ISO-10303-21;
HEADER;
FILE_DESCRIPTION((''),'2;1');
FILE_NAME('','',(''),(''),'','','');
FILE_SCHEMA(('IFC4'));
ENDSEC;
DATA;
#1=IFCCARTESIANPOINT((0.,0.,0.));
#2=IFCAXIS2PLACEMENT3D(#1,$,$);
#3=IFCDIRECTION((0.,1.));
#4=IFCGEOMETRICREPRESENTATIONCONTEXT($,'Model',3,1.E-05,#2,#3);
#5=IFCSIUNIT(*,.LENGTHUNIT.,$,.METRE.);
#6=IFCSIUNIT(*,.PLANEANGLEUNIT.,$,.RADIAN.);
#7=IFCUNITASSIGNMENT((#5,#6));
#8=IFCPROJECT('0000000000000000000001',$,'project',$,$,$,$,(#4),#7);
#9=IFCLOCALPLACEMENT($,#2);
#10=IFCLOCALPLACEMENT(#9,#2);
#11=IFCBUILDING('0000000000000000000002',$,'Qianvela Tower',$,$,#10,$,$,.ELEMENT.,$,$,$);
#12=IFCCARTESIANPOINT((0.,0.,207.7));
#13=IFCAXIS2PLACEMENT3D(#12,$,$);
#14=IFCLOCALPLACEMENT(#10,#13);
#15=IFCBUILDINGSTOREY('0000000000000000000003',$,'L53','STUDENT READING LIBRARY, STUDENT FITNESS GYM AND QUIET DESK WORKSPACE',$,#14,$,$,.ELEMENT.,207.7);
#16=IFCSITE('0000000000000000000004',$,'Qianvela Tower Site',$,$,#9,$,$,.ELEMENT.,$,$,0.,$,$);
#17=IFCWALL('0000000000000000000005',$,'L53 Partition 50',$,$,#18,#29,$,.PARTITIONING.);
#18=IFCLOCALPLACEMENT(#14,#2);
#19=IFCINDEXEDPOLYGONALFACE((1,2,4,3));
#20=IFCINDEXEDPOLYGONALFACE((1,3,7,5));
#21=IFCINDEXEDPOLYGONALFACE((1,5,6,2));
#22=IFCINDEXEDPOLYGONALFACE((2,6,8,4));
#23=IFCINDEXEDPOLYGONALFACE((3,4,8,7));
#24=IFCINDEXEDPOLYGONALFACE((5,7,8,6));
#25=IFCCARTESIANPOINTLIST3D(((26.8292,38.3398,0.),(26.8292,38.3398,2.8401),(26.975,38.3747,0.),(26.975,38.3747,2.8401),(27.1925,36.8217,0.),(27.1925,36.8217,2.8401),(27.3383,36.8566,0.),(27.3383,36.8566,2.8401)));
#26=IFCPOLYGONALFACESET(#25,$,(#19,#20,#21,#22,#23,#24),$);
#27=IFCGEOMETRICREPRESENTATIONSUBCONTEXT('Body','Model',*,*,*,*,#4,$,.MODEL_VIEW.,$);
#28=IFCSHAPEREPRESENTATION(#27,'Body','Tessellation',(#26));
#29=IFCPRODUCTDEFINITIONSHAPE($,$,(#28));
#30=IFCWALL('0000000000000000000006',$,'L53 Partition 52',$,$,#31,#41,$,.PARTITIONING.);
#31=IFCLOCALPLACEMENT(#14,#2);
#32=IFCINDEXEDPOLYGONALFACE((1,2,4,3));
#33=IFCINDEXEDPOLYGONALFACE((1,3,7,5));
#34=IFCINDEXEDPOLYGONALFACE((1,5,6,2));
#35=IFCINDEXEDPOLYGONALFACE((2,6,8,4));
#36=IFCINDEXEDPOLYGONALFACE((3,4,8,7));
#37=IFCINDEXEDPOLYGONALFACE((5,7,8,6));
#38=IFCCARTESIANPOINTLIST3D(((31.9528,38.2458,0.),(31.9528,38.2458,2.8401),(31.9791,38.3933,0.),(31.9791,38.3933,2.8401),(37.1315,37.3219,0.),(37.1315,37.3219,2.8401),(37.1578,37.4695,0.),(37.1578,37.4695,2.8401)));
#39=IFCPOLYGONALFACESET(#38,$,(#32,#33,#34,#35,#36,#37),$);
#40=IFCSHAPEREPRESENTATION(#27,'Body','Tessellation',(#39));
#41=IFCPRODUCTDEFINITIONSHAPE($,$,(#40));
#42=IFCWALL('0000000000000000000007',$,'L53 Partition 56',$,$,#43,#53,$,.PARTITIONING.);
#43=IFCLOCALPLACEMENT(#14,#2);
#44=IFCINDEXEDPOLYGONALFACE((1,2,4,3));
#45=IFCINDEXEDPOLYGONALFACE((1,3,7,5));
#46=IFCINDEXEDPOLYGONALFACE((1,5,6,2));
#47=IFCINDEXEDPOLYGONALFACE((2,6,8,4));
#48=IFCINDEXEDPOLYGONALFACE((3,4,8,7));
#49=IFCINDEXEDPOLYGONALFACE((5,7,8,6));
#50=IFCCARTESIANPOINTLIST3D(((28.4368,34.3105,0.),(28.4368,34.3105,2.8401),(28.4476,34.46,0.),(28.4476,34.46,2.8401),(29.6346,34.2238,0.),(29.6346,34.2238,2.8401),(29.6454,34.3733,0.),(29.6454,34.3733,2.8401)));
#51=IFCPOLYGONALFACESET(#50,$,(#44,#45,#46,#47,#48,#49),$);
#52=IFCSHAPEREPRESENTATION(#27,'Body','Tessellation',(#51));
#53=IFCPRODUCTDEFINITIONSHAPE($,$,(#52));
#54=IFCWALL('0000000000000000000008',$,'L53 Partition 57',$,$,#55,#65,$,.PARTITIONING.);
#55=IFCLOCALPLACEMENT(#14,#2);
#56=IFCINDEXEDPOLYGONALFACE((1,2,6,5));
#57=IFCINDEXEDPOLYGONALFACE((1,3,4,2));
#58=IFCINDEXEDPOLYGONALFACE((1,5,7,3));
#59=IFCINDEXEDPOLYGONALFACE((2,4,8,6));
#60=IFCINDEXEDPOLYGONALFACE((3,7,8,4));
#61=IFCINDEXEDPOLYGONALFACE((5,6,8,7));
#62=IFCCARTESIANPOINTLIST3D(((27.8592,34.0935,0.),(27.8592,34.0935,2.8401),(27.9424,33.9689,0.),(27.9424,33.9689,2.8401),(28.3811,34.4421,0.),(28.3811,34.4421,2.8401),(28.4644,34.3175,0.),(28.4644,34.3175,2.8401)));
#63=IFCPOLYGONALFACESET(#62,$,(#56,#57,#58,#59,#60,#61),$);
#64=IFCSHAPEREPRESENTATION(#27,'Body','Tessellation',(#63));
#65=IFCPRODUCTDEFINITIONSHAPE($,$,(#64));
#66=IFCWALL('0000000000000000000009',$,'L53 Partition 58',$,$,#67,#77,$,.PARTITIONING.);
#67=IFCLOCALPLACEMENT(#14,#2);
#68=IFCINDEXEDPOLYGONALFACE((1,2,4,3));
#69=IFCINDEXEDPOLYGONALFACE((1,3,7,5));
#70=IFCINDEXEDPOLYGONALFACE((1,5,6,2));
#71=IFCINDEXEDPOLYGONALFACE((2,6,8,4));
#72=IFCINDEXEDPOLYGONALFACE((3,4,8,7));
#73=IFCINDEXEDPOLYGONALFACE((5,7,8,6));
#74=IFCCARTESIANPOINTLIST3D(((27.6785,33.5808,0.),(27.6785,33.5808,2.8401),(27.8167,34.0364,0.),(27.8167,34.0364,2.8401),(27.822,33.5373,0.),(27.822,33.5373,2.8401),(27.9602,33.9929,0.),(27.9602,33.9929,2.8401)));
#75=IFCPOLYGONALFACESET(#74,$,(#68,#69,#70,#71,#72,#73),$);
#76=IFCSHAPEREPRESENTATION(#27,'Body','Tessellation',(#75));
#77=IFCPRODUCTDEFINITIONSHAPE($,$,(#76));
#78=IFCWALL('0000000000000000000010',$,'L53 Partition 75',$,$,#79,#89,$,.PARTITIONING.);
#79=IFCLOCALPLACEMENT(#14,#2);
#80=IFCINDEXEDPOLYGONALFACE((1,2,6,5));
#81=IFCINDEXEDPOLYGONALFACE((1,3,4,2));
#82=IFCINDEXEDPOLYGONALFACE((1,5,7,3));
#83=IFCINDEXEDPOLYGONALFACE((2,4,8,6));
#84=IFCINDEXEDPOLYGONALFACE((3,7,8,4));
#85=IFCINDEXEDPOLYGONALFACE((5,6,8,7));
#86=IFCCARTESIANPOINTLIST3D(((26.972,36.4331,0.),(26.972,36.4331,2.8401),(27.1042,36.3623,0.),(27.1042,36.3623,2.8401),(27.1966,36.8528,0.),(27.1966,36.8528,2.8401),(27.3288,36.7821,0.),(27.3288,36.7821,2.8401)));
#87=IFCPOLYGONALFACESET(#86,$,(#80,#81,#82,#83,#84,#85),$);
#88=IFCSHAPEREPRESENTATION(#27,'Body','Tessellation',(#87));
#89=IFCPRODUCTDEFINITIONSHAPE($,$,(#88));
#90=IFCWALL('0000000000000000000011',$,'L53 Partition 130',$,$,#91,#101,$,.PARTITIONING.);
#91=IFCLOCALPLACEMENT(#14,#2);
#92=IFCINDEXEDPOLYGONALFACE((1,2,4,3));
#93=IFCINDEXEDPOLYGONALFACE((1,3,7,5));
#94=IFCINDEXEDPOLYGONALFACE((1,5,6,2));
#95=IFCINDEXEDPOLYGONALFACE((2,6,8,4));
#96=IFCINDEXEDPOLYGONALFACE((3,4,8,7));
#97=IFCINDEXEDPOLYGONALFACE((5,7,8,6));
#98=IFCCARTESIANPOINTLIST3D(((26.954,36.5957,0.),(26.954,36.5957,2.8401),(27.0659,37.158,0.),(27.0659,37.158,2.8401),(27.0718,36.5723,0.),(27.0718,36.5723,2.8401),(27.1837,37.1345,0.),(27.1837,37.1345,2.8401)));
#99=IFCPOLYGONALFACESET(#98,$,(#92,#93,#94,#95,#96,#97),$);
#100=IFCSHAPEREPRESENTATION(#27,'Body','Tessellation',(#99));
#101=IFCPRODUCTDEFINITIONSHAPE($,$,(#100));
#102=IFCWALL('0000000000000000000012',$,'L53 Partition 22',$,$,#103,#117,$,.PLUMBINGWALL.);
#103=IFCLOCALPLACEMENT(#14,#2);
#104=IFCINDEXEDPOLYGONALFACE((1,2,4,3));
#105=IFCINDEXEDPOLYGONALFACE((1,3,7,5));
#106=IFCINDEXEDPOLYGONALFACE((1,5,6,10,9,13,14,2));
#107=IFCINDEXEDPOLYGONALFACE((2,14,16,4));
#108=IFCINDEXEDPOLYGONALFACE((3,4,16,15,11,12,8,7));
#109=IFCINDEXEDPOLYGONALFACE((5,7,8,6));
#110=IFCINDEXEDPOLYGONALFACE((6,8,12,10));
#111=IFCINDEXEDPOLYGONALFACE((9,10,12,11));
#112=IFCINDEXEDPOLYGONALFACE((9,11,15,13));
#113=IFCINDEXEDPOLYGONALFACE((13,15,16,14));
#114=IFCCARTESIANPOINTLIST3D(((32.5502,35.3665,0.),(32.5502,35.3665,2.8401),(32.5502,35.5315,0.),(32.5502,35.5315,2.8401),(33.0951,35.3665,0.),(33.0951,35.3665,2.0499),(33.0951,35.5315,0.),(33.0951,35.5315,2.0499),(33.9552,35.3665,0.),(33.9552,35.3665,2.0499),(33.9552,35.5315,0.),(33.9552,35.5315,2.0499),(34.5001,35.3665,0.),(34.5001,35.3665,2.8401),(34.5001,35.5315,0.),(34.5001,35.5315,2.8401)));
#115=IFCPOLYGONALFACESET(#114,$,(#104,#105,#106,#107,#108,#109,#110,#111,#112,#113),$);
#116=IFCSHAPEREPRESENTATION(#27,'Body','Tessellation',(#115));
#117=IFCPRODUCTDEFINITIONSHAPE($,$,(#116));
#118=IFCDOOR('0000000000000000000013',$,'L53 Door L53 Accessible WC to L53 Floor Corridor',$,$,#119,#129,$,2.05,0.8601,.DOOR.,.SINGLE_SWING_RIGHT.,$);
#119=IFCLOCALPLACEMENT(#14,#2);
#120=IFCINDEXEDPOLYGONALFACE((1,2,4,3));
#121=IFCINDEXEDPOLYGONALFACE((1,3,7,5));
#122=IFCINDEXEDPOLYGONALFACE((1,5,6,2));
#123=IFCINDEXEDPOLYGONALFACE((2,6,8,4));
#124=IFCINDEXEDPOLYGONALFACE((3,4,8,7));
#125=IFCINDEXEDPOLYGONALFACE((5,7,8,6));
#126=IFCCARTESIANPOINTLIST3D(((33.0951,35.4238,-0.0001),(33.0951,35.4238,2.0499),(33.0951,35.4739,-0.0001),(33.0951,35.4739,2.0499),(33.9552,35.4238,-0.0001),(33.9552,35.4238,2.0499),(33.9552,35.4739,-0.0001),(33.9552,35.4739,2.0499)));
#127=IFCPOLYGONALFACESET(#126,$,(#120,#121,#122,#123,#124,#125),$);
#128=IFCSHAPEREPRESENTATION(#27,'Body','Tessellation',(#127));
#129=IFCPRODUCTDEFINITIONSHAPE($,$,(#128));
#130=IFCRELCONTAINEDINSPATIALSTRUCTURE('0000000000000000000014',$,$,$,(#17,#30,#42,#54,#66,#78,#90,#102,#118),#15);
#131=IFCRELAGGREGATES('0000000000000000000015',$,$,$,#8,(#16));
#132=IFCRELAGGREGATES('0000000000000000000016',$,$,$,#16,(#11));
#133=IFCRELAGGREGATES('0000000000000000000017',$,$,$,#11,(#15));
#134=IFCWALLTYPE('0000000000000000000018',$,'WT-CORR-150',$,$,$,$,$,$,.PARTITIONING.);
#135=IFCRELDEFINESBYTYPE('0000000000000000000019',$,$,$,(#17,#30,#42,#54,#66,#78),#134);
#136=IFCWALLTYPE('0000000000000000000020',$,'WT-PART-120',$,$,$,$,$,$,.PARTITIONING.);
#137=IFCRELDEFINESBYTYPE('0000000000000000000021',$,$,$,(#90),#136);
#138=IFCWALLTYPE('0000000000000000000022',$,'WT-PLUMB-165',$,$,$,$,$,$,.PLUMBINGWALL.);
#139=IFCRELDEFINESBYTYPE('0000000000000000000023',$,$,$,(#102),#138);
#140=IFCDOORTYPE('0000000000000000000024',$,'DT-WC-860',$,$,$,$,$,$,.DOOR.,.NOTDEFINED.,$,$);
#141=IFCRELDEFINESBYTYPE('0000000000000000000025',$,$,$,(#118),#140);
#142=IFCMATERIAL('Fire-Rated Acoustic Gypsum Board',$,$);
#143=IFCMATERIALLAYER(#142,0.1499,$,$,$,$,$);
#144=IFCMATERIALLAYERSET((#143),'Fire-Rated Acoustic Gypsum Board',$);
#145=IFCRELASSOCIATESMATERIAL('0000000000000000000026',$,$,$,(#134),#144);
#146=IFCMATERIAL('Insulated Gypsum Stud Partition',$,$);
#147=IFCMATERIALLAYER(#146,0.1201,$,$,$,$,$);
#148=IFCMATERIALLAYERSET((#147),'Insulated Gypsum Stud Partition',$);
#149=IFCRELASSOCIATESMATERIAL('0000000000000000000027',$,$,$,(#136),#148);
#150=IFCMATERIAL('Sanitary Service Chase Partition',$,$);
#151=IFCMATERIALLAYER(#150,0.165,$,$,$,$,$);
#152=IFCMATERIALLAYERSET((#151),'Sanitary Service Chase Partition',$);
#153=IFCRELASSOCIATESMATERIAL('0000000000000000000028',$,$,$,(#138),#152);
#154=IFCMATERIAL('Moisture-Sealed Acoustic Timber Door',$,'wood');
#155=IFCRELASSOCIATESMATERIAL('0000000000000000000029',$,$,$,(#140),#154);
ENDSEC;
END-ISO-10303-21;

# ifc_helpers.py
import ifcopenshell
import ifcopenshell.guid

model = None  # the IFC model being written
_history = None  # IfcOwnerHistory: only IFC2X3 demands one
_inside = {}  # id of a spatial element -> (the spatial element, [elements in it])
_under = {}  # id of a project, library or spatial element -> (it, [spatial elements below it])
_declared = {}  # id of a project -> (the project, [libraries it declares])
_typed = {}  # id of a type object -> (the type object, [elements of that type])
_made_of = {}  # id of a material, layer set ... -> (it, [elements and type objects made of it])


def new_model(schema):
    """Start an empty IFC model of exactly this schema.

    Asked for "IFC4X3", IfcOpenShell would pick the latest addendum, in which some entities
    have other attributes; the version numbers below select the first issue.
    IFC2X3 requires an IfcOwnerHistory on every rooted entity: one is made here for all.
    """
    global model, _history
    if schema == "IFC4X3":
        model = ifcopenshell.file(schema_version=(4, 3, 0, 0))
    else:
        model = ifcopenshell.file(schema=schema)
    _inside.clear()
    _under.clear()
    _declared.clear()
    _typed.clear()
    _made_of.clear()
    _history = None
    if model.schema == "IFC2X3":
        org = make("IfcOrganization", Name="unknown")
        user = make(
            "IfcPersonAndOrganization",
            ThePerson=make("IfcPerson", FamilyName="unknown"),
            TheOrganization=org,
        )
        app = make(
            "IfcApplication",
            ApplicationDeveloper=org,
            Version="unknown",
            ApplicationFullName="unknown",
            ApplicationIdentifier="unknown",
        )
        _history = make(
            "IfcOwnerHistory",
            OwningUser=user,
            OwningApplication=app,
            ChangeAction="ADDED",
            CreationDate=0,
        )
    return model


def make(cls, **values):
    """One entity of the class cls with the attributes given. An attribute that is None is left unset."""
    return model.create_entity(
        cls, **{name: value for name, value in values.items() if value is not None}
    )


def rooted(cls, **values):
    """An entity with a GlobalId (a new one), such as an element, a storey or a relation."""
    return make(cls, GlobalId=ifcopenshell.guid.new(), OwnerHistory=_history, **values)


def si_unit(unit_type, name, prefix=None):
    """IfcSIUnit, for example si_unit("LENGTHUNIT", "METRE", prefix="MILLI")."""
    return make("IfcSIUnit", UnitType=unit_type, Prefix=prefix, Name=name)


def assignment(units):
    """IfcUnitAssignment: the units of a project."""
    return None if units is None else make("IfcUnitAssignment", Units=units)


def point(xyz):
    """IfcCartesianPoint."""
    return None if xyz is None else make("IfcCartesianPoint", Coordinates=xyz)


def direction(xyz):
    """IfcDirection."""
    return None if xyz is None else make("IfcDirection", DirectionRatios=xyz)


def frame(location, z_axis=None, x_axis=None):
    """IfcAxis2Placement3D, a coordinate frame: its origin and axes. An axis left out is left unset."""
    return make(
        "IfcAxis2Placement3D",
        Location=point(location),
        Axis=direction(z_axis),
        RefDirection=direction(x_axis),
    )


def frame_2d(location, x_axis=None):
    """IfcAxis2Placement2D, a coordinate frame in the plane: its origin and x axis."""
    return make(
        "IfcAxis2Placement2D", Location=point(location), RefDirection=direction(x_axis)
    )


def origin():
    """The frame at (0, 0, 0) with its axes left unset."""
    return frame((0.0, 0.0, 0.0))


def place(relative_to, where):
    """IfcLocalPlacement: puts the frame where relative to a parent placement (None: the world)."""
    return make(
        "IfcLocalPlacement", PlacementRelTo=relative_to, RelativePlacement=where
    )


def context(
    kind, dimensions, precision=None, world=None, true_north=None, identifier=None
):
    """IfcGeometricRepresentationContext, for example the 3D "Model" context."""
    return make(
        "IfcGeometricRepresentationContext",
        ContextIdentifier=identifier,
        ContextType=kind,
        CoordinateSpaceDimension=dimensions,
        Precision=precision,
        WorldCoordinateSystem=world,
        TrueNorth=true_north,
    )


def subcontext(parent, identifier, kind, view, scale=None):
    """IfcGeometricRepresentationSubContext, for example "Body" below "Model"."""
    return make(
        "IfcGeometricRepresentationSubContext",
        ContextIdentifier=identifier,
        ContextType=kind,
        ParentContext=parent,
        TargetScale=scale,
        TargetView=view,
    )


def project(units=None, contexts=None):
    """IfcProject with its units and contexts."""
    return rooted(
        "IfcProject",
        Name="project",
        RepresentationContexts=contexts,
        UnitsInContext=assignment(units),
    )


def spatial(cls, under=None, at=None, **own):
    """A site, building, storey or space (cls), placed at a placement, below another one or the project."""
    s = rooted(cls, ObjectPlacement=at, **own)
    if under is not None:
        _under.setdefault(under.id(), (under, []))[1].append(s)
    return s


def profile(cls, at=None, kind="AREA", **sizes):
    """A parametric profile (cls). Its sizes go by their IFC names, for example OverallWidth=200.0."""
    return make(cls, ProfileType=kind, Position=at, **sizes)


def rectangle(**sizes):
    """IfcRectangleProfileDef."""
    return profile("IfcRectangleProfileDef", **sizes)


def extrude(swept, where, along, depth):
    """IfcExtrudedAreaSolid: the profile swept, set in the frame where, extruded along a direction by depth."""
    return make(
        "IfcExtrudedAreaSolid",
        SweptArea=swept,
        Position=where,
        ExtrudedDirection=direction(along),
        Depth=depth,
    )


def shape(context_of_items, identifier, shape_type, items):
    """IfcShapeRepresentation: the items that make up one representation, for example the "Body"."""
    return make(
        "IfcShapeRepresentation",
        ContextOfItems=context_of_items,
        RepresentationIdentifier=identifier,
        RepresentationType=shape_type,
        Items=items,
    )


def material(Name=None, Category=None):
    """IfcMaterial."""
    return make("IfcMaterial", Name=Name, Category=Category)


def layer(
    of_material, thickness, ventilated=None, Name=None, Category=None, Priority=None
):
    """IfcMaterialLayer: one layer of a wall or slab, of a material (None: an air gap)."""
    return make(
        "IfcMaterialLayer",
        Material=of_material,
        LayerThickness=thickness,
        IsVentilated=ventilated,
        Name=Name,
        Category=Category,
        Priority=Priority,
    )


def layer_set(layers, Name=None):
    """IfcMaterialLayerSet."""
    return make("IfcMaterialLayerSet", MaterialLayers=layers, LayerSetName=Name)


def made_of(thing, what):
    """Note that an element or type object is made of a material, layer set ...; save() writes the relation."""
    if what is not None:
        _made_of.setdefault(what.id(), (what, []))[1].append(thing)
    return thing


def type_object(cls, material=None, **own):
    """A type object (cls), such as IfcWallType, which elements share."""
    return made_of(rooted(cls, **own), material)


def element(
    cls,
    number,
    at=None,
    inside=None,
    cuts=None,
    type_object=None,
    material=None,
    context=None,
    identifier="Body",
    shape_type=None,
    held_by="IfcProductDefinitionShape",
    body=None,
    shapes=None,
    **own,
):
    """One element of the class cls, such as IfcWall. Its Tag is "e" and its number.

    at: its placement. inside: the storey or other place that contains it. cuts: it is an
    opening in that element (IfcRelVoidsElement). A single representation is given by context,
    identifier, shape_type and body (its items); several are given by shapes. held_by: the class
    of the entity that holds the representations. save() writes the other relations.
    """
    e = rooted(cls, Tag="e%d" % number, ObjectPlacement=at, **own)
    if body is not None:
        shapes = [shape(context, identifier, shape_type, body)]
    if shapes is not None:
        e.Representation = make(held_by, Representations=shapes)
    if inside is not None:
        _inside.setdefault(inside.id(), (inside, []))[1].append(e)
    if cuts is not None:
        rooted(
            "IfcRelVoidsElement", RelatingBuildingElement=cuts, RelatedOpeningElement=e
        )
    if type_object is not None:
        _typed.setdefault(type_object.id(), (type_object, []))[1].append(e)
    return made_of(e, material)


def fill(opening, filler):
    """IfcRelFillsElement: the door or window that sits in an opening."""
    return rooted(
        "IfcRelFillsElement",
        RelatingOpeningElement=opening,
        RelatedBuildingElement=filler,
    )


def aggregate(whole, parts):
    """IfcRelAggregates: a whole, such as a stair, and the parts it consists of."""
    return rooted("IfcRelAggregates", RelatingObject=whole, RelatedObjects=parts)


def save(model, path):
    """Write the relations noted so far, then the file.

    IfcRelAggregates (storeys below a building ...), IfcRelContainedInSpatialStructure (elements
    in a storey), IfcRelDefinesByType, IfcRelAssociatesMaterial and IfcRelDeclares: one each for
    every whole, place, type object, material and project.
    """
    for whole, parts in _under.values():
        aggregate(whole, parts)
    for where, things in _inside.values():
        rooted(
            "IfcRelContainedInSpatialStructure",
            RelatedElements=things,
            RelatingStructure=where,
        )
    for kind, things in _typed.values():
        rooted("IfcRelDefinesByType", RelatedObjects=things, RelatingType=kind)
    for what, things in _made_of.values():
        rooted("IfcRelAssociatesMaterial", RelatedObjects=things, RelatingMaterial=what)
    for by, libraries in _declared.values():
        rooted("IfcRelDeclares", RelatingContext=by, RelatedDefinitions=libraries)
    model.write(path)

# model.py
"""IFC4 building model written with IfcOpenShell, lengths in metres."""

from ifc_helpers import new_model, si_unit, direction, frame, frame_2d, origin, place, context, subcontext, project, spatial, rectangle, extrude, material, layer, layer_set, type_object, element, fill, save


model = new_model("IFC4")

# Units and contexts
model_context = context("Model", 3, precision=1e-05, world=origin(), true_north=direction((0.0, 1.0)))
body_context = subcontext(model_context, "Body", "Model", "MODEL_VIEW")
ifc_project = project(units=[si_unit("LENGTHUNIT", "METRE"), si_unit("PLANEANGLEUNIT", "RADIAN")], contexts=[model_context])

# Site, building, storey
site_placement = place(None, origin())
site = spatial("IfcSite", under=ifc_project, at=site_placement, Name="Qianvela Tower Site", CompositionType="ELEMENT", RefElevation=0.0)
building_placement = place(site_placement, origin())
building = spatial("IfcBuilding", under=site, at=building_placement, Name="Qianvela Tower", CompositionType="ELEMENT")
storey_placement = place(building_placement, frame((0.0, 0.0, 207.7)))
storey = spatial("IfcBuildingStorey", under=building, at=storey_placement, Name="L53", Description="STUDENT READING LIBRARY, STUDENT FITNESS GYM AND QUIET DESK WORKSPACE", CompositionType="ELEMENT", Elevation=207.7)

# Shared definitions
ifc_material_1 = material(Name="Fire-Rated Acoustic Gypsum Board")
ifc_layer_1 = layer(ifc_material_1, 0.1499)
ifc_layer_set_1 = layer_set([ifc_layer_1], Name="Fire-Rated Acoustic Gypsum Board")
wall_type_1 = type_object("IfcWallType", Name="WT-CORR-150", PredefinedType="PARTITIONING", material=ifc_layer_set_1)

# Walls
wall_1_placement = place(storey_placement, frame((27.2654, 36.8391, 0.0), z_axis=(0.0, 0.0, 1.0), x_axis=(-0.232734, 0.97254, 0.0)))
element("IfcWall", 1, at=wall_1_placement, inside=storey, type_object=wall_type_1, Name="L53 Partition 50", PredefinedType="PARTITIONING", context=body_context, shape_type="SweptSolid", body=[
    extrude(rectangle(XDim=1.561, YDim=0.1499, at=frame_2d((0.7805, 0.0))), origin(), (0.0, 0.0, 1.0), 2.8401),
])
wall_2_placement = place(storey_placement, frame((31.9658, 38.3196, 0.0), z_axis=(0.0, 0.0, 1.0), x_axis=(0.984459, -0.175617, 0.0)))
element("IfcWall", 2, at=wall_2_placement, inside=storey, type_object=wall_type_1, Name="L53 Partition 52", PredefinedType="PARTITIONING", context=body_context, shape_type="SweptSolid", body=[
    extrude(rectangle(XDim=5.2605, YDim=0.1499, at=frame_2d((2.6304, 0.0))), origin(), (0.0, 0.0, 1.0), 2.8401),
])
wall_3_placement = place(storey_placement, frame((29.6401, 34.2986, 0.0), z_axis=(0.0, 0.0, 1.0), x_axis=(-0.997392, 0.072172, 0.0)))
element("IfcWall", 3, at=wall_3_placement, inside=storey, type_object=wall_type_1, Name="L53 Partition 56", PredefinedType="PARTITIONING", context=body_context, shape_type="SweptSolid", body=[
    extrude(rectangle(XDim=1.2009, YDim=0.1499, at=frame_2d((0.6006, 0.0))), origin(), (0.0, 0.0, 1.0), 2.8401),
])
wall_4_placement = place(storey_placement, frame((28.4229, 34.3799, 0.0), z_axis=(0.0, 0.0, 1.0), x_axis=(-0.831571, -0.555418, 0.0)))
element("IfcWall", 4, at=wall_4_placement, inside=storey, type_object=wall_type_1, Name="L53 Partition 57", PredefinedType="PARTITIONING", context=body_context, shape_type="SweptSolid", body=[
    extrude(rectangle(XDim=0.6277, YDim=0.1499, at=frame_2d((0.314, 0.0))), origin(), (0.0, 0.0, 1.0), 2.8401),
])
for number, where, z_axis, x_axis, name in (
    (5, (27.8884, 34.0146, 0.0), (0.0, 0.0, 1.0), (-0.290264, -0.956947, 0.0), "L53 Partition 58"),
    (6, (27.0381, 36.3977, 0.0), (0.0, 0.0, 1.0), (0.471866, 0.881671, 0.0), "L53 Partition 75"),
):
    element("IfcWall", number, at=place(storey_placement, frame(where, z_axis=z_axis, x_axis=x_axis)), inside=storey, type_object=wall_type_1, Name=name, PredefinedType="PARTITIONING", context=body_context, shape_type="SweptSolid", body=[
        extrude(rectangle(XDim=0.4761, YDim=0.1499, at=frame_2d((0.238, 0.0))), origin(), (0.0, 0.0, 1.0), 2.8401),
    ])
ifc_material_2 = material(Name="Insulated Gypsum Stud Partition")
ifc_layer_2 = layer(ifc_material_2, 0.1201)
ifc_layer_set_2 = layer_set([ifc_layer_2], Name="Insulated Gypsum Stud Partition")
wall_type_2 = type_object("IfcWallType", Name="WT-PART-120", PredefinedType="PARTITIONING", material=ifc_layer_set_2)
wall_5_placement = place(storey_placement, frame((27.1248, 37.1462, 0.0), z_axis=(0.0, 0.0, 1.0), x_axis=(-0.195051, -0.980793, 0.0)))
element("IfcWall", 7, at=wall_5_placement, inside=storey, type_object=wall_type_2, Name="L53 Partition 130", PredefinedType="PARTITIONING", context=body_context, shape_type="SweptSolid", body=[
    extrude(rectangle(XDim=0.5732, YDim=0.1201, at=frame_2d((0.2866, 0.0))), origin(), (0.0, 0.0, 1.0), 2.8401),
])

# Wall, opening, door
ifc_material_3 = material(Name="Sanitary Service Chase Partition")
ifc_layer_3 = layer(ifc_material_3, 0.165)
ifc_layer_set_3 = layer_set([ifc_layer_3], Name="Sanitary Service Chase Partition")
wall_type_3 = type_object("IfcWallType", Name="WT-PLUMB-165", PredefinedType="PLUMBINGWALL", material=ifc_layer_set_3)
wall_6_placement = place(storey_placement, frame((32.55, 35.449, 0.0), z_axis=(0.0, 0.0, 1.0), x_axis=(1.0, 0.0, 0.0)))
wall_6 = element("IfcWall", 8, at=wall_6_placement, inside=storey, type_object=wall_type_3, Name="L53 Partition 22", PredefinedType="PLUMBINGWALL", context=body_context, shape_type="SweptSolid", body=[
    extrude(rectangle(XDim=1.95, YDim=0.165, at=frame_2d((0.9751, 0.0))), origin(), (0.0, 0.0, 1.0), 2.8401),
])
opening_1_placement = place(wall_6_placement, frame((0.5449, 0.0, 0.0)))
opening_1 = element("IfcOpeningElement", 9, at=opening_1_placement, cuts=wall_6, PredefinedType="OPENING", context=body_context, shape_type="SweptSolid", body=[
    extrude(rectangle(XDim=0.8601, YDim=2.05, at=frame_2d((0.4302, 1.0249))), frame((0.0, 0.0925, 0.0), z_axis=(0.0, -1.0, 0.0), x_axis=(1.0, 0.0, 0.0)), (0.0, 0.0, 1.0), 0.1851),
])
ifc_material_4 = material(Name="Moisture-Sealed Acoustic Timber Door", Category="wood")
door_type_1 = type_object("IfcDoorType", Name="DT-WC-860", OperationType="NOTDEFINED", PredefinedType="DOOR", material=ifc_material_4)
door_1_placement = place(opening_1_placement, origin())
door_1 = element("IfcDoor", 10, at=door_1_placement, inside=storey, type_object=door_type_1, Name="L53 Door L53 Accessible WC to L53 Floor Corridor", OperationType="SINGLE_SWING_RIGHT", OverallHeight=2.05, OverallWidth=0.8601, PredefinedType="DOOR", context=body_context, shape_type="SweptSolid", body=[
    extrude(rectangle(XDim=0.8601, YDim=2.05, at=frame_2d((0.4302, 1.0249))), frame((0.0, 0.0249, 0.0), z_axis=(0.0, -1.0, 0.0), x_axis=(1.0, 0.0, 0.0)), (0.0, 0.0, 1.0), 0.05),
])
fill(opening_1, door_1)

save(model, "model.ifc")
